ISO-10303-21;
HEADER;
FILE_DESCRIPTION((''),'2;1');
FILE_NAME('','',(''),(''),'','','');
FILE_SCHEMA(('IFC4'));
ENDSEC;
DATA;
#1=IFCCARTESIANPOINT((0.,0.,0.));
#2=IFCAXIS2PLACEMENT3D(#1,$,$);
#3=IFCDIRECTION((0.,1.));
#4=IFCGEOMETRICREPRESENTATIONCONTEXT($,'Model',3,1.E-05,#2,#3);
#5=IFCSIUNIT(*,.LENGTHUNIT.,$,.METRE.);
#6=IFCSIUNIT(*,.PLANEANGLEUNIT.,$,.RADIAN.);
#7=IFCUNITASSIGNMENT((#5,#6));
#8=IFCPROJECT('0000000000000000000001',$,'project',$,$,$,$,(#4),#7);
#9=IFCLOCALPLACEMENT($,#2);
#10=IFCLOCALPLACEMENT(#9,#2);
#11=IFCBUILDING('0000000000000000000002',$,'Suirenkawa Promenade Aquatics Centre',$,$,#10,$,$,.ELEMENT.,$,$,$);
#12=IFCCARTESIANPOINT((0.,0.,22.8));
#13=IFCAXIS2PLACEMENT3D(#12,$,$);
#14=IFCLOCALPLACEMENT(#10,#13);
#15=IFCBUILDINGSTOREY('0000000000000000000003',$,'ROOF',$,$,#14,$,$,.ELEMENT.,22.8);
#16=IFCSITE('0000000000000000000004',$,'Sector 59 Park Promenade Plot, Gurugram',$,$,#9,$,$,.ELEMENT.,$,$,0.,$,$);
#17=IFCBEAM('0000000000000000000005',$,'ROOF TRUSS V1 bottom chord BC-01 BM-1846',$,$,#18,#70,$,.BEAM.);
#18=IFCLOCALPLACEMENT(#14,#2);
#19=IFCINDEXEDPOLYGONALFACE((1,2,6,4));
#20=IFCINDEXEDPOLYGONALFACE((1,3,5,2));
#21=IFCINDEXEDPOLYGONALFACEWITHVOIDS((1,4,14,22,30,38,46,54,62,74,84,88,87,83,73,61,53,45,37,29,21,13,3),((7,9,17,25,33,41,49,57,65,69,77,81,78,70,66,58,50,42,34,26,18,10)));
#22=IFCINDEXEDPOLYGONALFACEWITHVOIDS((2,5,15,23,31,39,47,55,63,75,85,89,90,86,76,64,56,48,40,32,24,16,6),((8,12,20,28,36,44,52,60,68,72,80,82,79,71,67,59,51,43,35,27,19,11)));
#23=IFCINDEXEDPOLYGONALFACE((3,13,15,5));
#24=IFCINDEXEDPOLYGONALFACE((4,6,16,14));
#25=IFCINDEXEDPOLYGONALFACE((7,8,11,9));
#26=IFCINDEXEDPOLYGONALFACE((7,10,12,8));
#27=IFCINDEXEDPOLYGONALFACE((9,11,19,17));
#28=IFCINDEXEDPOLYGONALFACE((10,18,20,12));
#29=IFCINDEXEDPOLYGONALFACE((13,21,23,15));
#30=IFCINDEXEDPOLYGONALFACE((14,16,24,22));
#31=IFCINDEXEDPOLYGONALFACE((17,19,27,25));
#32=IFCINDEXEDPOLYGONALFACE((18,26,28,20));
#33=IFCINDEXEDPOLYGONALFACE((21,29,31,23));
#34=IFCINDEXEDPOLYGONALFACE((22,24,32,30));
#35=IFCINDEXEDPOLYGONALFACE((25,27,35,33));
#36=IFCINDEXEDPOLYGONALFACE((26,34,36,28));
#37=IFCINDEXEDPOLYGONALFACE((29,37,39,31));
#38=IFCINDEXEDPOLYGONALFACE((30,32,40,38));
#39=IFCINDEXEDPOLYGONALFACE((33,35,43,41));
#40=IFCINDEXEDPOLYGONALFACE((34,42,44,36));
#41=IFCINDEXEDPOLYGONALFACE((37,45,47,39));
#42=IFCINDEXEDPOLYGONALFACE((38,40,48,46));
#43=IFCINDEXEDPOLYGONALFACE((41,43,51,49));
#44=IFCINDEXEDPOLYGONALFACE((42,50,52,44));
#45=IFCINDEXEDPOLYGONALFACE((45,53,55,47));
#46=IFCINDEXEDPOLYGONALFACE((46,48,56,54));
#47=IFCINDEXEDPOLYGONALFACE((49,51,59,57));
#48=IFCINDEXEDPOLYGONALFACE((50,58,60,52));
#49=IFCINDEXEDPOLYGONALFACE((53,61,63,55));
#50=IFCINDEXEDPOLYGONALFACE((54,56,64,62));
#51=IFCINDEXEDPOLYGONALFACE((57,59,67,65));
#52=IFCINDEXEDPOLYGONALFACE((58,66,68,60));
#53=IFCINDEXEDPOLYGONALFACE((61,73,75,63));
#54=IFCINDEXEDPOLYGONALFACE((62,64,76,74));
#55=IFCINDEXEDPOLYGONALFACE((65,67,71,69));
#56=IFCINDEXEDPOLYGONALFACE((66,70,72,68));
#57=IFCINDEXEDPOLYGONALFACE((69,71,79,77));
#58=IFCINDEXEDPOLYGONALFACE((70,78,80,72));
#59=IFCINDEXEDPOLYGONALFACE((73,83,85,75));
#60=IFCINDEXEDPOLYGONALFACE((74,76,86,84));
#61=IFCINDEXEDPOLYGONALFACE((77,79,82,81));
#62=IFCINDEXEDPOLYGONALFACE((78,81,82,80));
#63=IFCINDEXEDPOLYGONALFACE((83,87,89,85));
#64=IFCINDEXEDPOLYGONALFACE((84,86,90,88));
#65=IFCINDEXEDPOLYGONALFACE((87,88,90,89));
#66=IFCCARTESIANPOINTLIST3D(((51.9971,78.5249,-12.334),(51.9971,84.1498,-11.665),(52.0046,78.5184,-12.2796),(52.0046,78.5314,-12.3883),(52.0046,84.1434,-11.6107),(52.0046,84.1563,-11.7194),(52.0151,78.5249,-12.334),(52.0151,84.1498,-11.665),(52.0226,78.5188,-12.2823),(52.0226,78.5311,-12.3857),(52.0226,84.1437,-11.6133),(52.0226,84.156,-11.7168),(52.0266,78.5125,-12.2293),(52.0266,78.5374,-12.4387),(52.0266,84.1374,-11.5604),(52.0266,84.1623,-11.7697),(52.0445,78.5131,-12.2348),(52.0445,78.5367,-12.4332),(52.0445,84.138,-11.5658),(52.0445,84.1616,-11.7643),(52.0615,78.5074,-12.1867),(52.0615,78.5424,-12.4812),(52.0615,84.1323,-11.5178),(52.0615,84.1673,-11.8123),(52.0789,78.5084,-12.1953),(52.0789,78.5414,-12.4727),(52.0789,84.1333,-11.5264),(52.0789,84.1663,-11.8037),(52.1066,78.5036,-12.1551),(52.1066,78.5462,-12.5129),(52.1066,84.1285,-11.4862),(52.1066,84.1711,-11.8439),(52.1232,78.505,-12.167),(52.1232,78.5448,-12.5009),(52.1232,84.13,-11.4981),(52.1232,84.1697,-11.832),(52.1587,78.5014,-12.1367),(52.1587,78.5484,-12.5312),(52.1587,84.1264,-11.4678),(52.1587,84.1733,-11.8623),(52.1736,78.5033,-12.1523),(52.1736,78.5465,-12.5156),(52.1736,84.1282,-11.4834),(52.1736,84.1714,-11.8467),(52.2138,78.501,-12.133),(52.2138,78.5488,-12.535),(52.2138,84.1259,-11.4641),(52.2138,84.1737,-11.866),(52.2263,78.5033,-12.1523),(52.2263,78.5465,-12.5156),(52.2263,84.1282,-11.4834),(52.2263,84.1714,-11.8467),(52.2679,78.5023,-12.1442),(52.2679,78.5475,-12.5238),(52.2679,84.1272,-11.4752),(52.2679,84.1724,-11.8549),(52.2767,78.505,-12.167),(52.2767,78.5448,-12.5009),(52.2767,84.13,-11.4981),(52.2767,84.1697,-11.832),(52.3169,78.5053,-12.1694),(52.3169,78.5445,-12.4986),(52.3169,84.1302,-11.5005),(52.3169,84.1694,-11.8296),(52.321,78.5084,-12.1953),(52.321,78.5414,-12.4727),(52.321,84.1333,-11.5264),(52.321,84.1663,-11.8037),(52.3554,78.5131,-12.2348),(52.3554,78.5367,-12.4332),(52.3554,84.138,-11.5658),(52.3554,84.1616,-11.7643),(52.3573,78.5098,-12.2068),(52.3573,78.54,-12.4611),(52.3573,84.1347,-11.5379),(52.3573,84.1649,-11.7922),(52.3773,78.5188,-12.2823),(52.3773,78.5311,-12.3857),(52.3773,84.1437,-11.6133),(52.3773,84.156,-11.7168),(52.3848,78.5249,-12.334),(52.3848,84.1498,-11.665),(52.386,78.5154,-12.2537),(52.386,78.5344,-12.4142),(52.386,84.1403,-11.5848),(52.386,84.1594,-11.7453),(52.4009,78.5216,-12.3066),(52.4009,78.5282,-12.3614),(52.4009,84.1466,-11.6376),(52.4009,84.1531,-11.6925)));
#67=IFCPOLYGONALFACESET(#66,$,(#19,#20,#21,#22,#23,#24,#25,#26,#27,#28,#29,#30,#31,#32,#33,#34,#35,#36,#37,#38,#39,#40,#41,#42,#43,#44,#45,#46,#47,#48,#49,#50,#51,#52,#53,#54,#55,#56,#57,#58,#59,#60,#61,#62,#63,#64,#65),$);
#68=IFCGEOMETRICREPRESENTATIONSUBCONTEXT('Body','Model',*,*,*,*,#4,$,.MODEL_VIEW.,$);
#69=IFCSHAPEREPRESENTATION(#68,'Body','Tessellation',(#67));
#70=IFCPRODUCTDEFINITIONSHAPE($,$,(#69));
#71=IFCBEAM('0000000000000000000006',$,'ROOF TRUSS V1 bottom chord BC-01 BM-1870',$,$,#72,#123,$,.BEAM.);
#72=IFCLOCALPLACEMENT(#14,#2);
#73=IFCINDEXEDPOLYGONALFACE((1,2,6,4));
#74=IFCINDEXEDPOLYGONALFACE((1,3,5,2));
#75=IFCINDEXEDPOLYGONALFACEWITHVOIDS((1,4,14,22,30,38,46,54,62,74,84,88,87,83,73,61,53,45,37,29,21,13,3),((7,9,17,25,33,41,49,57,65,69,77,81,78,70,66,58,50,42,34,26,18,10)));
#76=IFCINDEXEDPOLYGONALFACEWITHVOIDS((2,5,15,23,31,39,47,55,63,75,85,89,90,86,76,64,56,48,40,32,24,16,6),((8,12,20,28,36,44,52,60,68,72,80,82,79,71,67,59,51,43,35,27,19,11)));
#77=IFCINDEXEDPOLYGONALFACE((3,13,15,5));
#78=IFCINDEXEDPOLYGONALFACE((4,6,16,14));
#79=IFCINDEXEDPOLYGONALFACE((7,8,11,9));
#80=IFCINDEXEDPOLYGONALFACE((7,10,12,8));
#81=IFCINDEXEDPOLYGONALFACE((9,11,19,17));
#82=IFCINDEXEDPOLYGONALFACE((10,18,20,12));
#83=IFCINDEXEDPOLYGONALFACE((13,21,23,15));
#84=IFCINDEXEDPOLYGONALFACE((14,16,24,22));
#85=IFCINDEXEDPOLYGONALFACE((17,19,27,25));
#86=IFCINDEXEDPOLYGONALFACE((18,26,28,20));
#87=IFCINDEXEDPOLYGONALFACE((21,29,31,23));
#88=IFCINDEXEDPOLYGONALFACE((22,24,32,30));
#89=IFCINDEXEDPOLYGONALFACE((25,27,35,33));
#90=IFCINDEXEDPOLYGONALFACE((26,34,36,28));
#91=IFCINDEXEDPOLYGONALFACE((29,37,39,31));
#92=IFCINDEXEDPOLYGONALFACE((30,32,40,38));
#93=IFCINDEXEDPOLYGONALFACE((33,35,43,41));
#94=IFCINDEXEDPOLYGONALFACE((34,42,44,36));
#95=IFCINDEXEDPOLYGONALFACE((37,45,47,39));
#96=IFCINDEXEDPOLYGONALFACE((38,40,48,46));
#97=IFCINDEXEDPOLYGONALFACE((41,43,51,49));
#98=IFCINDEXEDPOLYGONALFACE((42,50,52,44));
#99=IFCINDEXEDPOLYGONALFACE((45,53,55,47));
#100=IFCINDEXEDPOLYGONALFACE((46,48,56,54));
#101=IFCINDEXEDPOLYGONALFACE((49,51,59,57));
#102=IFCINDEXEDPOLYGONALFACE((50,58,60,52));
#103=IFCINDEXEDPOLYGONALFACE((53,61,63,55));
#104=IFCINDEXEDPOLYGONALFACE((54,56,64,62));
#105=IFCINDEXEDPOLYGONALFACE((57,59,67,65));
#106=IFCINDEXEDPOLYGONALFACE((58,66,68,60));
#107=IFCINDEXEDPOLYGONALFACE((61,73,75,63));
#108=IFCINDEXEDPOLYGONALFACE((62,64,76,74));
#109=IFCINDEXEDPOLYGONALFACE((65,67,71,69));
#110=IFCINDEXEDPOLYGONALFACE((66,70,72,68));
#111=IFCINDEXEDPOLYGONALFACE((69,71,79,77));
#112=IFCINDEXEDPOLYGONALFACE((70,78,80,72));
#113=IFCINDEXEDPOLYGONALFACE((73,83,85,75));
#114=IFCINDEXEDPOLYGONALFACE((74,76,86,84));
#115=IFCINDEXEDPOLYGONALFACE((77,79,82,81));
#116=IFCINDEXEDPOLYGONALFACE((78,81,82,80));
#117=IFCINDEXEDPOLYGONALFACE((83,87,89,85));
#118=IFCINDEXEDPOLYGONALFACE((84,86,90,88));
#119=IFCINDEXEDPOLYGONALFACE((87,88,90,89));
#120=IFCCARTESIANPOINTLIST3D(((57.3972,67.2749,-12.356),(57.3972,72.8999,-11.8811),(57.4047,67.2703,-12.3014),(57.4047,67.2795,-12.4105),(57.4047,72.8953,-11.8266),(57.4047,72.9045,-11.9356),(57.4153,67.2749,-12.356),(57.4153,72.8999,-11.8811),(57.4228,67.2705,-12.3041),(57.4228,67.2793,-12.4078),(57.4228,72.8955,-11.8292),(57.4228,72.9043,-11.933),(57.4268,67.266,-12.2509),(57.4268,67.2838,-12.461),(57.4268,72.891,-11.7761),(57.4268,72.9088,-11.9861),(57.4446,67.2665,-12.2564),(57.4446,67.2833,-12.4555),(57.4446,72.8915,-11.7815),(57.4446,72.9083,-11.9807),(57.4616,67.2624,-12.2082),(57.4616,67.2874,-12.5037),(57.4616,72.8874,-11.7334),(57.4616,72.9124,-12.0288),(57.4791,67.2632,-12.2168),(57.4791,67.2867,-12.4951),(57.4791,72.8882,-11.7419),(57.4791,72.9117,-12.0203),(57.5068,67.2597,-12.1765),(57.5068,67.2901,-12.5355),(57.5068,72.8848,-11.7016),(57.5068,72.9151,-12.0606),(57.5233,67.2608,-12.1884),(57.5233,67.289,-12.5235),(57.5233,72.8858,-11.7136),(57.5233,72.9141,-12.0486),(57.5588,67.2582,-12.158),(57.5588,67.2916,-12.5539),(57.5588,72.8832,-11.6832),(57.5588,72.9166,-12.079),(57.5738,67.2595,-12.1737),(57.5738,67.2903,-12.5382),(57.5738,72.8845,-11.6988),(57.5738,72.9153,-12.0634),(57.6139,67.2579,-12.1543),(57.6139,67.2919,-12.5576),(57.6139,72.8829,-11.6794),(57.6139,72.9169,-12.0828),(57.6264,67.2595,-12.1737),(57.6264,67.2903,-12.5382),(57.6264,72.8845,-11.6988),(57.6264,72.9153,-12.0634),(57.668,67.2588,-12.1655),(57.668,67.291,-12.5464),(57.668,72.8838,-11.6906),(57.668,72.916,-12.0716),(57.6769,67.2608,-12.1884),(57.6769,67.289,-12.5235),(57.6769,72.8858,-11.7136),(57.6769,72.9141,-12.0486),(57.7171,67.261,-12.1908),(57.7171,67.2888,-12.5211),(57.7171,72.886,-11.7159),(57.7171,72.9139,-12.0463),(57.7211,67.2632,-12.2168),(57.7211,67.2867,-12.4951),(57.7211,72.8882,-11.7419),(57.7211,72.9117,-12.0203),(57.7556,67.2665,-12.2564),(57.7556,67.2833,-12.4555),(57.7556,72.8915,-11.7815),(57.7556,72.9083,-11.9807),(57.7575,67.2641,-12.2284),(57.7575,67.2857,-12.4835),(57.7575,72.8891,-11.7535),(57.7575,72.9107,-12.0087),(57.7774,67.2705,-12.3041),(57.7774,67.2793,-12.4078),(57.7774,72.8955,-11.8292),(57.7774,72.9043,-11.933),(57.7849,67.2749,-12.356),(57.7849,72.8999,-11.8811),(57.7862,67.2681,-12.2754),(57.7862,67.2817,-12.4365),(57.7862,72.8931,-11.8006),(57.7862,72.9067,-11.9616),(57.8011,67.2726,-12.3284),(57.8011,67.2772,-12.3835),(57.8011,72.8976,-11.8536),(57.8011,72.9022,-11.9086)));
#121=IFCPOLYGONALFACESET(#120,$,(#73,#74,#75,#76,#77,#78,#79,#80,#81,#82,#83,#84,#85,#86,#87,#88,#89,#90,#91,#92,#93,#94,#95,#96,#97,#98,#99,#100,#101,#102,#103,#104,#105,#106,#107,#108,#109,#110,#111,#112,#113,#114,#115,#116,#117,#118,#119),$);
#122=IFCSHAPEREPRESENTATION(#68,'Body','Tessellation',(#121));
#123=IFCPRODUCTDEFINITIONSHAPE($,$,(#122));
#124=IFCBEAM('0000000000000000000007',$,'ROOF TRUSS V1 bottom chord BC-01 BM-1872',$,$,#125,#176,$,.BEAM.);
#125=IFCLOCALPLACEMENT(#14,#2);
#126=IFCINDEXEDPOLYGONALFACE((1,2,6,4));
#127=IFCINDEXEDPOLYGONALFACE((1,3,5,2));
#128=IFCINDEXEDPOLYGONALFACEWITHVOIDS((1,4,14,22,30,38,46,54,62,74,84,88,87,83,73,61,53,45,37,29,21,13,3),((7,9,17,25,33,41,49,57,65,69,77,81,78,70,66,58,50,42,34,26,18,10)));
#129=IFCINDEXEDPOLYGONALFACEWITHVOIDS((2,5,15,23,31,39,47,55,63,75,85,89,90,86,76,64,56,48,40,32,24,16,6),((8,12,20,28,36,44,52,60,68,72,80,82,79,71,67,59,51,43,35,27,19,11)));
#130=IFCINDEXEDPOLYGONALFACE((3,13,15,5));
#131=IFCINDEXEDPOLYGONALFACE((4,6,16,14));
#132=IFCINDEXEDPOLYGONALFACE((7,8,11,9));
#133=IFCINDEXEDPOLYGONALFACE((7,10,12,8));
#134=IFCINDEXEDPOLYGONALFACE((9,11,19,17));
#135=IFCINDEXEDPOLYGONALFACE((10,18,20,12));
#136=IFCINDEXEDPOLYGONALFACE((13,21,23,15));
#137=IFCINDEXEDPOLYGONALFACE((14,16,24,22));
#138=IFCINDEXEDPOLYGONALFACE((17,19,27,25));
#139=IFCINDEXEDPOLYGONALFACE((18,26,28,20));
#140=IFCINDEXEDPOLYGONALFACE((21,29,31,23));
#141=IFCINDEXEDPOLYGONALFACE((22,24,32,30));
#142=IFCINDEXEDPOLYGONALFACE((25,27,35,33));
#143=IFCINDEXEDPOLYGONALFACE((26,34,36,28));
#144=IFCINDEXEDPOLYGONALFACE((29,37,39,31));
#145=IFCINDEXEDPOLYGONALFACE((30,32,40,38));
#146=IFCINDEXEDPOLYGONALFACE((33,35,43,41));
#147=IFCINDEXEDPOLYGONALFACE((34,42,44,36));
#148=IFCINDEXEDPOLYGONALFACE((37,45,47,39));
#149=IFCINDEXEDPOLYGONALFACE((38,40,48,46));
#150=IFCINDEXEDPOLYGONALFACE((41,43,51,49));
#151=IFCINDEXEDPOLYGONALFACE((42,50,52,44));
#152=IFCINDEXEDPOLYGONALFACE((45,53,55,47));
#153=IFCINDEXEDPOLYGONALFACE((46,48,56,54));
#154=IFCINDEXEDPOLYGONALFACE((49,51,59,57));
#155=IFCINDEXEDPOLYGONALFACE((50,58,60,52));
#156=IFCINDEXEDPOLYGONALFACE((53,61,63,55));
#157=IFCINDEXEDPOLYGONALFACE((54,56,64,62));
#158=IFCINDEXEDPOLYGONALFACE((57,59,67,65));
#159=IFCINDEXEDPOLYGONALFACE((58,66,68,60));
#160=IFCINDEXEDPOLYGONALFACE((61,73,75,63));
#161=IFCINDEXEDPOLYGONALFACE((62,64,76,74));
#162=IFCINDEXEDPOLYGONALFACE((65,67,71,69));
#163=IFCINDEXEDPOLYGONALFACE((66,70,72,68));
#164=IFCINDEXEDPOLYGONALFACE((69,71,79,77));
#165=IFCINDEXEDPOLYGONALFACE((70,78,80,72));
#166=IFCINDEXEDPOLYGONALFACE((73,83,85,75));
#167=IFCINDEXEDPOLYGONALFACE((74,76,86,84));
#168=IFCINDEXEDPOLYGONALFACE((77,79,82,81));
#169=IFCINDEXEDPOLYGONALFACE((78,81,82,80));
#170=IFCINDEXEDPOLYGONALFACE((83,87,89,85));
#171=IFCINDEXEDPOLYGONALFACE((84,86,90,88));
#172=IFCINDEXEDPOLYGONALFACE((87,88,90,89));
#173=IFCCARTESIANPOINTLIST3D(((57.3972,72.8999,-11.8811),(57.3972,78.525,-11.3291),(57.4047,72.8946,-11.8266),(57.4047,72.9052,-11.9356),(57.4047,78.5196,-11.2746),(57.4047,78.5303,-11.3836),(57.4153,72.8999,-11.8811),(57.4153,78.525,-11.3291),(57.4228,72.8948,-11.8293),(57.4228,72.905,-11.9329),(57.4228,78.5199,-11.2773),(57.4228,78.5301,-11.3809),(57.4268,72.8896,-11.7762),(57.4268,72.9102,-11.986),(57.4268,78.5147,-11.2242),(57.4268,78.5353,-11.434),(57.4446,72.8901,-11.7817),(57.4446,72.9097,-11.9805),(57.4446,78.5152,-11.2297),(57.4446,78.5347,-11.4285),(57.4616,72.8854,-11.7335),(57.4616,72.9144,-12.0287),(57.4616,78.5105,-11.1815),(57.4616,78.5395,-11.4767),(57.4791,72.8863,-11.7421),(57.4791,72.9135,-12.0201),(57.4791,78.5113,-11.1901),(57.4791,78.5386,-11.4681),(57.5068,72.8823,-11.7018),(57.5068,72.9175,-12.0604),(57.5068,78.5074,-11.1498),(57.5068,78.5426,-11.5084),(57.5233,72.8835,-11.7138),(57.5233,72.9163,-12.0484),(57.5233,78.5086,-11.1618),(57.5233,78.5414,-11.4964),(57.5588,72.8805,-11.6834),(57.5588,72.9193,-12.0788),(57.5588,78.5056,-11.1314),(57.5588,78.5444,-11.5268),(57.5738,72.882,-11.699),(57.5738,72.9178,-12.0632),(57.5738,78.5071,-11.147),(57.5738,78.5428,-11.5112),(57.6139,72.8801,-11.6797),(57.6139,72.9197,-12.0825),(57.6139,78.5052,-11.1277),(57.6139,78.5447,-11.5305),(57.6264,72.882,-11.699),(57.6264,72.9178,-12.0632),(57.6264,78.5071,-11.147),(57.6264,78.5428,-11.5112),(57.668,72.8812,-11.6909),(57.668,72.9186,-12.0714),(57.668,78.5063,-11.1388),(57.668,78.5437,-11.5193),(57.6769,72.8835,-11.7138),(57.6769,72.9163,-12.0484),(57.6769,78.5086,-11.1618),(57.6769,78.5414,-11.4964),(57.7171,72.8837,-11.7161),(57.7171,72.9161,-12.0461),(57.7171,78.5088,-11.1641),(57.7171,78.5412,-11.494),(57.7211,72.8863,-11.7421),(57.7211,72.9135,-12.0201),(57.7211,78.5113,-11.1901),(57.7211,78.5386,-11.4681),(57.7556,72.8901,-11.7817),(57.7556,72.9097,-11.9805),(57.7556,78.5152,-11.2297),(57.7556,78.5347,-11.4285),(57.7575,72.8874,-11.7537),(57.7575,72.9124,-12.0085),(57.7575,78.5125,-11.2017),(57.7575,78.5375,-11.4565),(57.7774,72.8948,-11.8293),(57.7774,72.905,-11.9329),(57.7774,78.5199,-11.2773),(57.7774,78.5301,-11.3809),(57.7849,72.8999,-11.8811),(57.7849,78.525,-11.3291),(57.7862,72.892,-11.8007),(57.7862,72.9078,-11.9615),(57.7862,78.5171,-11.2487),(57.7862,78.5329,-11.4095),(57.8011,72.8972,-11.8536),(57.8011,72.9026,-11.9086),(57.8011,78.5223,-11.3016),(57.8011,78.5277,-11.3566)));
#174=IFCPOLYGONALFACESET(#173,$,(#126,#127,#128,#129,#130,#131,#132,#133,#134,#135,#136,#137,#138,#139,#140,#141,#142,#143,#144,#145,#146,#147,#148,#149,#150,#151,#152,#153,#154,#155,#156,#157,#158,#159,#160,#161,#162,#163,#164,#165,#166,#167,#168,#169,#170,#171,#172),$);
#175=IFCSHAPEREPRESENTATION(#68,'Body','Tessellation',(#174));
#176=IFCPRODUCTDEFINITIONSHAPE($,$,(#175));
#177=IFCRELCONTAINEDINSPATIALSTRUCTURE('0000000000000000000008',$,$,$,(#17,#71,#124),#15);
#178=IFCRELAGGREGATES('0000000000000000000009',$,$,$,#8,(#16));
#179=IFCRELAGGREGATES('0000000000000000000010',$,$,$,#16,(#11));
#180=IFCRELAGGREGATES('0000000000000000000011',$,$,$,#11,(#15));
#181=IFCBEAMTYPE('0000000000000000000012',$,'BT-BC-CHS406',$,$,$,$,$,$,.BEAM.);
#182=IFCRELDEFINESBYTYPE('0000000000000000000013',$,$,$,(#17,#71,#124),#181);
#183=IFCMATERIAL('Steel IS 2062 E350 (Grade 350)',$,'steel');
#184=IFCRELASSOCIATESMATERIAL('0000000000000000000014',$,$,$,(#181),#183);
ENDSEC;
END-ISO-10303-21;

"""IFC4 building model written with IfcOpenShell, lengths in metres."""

from ifc_helpers import new_model, si_unit, direction, frame, origin, origin_2d, place, context, subcontext, project, spatial, hollow_circle, extrude, material, material_profile, profile_set, type_object, element, save


model = new_model("IFC4")

# Units and contexts
model_context = context("Model", 3, precision=1e-05, world=origin(), true_north=direction((0.0, 1.0)))
body_context = subcontext(model_context, "Body", "Model", "MODEL_VIEW")
ifc_project = project(units=[si_unit("LENGTHUNIT", "METRE"), si_unit("PLANEANGLEUNIT", "RADIAN")], contexts=[model_context])

# Site, building, storey
site_placement = place(None, origin())
site = spatial("IfcSite", under=ifc_project, at=site_placement, Name="Sector 59 Park Promenade Plot, Gurugram", CompositionType="ELEMENT", RefElevation=0.0)
building_placement = place(site_placement, origin())
building = spatial("IfcBuilding", under=site, at=building_placement, Name="Suirenkawa Promenade Aquatics Centre", CompositionType="ELEMENT")
storey_placement = place(building_placement, frame((0.0, 0.0, 22.8)))
storey = spatial("IfcBuildingStorey", under=building, at=storey_placement, Name="ROOF", CompositionType="ELEMENT", Elevation=22.8)

# Beams
ifc_material = material(Name="Steel IS 2062 E350 (Grade 350)", Category="steel")
ifc_material_profile_1 = material_profile(ifc_material, hollow_circle(Radius=0.2029, WallThickness=0.0181, at=origin_2d()), Name="CHS 406x18", Category="steel")
ifc_profile_set_1 = profile_set([ifc_material_profile_1], Name="Steel IS 2062 E350 (Grade 350)")
beam_type_1 = type_object("IfcBeamType", Name="BT-BC-CHS406", PredefinedType="BEAM", material=ifc_profile_set_1)
beam_1_placement = place(storey_placement, frame((52.2, 78.5249, -12.334), z_axis=(0.0, 0.993003, 0.118091), x_axis=(-1.0, 0.0, 0.0)))
element("IfcBeam", 1, at=beam_1_placement, inside=storey, type_object=beam_type_1, Name="ROOF TRUSS V1 bottom chord BC-01 BM-1846", PredefinedType="BEAM", context=body_context, shape_type="SweptSolid", body=[
    extrude(hollow_circle(Radius=0.2029, WallThickness=0.0181, at=origin_2d()), origin(), (0.0, 0.0, 1.0), 5.6646),
])
beam_2_placement = place(storey_placement, frame((57.6001, 67.2749, -12.356), z_axis=(0.0, 0.996456, 0.084119), x_axis=(-1.0, 0.0, 0.0)))
element("IfcBeam", 2, at=beam_2_placement, inside=storey, type_object=beam_type_1, Name="ROOF TRUSS V1 bottom chord BC-01 BM-1870", PredefinedType="BEAM", context=body_context, shape_type="SweptSolid", body=[
    extrude(hollow_circle(Radius=0.2029, WallThickness=0.0181, at=origin_2d()), origin(), (0.0, 0.0, 1.0), 5.645),
])
beam_3_placement = place(storey_placement, frame((57.6001, 72.8999, -11.8811), z_axis=(0.0, 0.995219, 0.097665), x_axis=(-1.0, 0.0, 0.0)))
element("IfcBeam", 3, at=beam_3_placement, inside=storey, type_object=beam_type_1, Name="ROOF TRUSS V1 bottom chord BC-01 BM-1872", PredefinedType="BEAM", context=body_context, shape_type="SweptSolid", body=[
    extrude(hollow_circle(Radius=0.2029, WallThickness=0.0181, at=origin_2d()), origin(), (0.0, 0.0, 1.0), 5.6521),
])

save(model, "model.ifc")
